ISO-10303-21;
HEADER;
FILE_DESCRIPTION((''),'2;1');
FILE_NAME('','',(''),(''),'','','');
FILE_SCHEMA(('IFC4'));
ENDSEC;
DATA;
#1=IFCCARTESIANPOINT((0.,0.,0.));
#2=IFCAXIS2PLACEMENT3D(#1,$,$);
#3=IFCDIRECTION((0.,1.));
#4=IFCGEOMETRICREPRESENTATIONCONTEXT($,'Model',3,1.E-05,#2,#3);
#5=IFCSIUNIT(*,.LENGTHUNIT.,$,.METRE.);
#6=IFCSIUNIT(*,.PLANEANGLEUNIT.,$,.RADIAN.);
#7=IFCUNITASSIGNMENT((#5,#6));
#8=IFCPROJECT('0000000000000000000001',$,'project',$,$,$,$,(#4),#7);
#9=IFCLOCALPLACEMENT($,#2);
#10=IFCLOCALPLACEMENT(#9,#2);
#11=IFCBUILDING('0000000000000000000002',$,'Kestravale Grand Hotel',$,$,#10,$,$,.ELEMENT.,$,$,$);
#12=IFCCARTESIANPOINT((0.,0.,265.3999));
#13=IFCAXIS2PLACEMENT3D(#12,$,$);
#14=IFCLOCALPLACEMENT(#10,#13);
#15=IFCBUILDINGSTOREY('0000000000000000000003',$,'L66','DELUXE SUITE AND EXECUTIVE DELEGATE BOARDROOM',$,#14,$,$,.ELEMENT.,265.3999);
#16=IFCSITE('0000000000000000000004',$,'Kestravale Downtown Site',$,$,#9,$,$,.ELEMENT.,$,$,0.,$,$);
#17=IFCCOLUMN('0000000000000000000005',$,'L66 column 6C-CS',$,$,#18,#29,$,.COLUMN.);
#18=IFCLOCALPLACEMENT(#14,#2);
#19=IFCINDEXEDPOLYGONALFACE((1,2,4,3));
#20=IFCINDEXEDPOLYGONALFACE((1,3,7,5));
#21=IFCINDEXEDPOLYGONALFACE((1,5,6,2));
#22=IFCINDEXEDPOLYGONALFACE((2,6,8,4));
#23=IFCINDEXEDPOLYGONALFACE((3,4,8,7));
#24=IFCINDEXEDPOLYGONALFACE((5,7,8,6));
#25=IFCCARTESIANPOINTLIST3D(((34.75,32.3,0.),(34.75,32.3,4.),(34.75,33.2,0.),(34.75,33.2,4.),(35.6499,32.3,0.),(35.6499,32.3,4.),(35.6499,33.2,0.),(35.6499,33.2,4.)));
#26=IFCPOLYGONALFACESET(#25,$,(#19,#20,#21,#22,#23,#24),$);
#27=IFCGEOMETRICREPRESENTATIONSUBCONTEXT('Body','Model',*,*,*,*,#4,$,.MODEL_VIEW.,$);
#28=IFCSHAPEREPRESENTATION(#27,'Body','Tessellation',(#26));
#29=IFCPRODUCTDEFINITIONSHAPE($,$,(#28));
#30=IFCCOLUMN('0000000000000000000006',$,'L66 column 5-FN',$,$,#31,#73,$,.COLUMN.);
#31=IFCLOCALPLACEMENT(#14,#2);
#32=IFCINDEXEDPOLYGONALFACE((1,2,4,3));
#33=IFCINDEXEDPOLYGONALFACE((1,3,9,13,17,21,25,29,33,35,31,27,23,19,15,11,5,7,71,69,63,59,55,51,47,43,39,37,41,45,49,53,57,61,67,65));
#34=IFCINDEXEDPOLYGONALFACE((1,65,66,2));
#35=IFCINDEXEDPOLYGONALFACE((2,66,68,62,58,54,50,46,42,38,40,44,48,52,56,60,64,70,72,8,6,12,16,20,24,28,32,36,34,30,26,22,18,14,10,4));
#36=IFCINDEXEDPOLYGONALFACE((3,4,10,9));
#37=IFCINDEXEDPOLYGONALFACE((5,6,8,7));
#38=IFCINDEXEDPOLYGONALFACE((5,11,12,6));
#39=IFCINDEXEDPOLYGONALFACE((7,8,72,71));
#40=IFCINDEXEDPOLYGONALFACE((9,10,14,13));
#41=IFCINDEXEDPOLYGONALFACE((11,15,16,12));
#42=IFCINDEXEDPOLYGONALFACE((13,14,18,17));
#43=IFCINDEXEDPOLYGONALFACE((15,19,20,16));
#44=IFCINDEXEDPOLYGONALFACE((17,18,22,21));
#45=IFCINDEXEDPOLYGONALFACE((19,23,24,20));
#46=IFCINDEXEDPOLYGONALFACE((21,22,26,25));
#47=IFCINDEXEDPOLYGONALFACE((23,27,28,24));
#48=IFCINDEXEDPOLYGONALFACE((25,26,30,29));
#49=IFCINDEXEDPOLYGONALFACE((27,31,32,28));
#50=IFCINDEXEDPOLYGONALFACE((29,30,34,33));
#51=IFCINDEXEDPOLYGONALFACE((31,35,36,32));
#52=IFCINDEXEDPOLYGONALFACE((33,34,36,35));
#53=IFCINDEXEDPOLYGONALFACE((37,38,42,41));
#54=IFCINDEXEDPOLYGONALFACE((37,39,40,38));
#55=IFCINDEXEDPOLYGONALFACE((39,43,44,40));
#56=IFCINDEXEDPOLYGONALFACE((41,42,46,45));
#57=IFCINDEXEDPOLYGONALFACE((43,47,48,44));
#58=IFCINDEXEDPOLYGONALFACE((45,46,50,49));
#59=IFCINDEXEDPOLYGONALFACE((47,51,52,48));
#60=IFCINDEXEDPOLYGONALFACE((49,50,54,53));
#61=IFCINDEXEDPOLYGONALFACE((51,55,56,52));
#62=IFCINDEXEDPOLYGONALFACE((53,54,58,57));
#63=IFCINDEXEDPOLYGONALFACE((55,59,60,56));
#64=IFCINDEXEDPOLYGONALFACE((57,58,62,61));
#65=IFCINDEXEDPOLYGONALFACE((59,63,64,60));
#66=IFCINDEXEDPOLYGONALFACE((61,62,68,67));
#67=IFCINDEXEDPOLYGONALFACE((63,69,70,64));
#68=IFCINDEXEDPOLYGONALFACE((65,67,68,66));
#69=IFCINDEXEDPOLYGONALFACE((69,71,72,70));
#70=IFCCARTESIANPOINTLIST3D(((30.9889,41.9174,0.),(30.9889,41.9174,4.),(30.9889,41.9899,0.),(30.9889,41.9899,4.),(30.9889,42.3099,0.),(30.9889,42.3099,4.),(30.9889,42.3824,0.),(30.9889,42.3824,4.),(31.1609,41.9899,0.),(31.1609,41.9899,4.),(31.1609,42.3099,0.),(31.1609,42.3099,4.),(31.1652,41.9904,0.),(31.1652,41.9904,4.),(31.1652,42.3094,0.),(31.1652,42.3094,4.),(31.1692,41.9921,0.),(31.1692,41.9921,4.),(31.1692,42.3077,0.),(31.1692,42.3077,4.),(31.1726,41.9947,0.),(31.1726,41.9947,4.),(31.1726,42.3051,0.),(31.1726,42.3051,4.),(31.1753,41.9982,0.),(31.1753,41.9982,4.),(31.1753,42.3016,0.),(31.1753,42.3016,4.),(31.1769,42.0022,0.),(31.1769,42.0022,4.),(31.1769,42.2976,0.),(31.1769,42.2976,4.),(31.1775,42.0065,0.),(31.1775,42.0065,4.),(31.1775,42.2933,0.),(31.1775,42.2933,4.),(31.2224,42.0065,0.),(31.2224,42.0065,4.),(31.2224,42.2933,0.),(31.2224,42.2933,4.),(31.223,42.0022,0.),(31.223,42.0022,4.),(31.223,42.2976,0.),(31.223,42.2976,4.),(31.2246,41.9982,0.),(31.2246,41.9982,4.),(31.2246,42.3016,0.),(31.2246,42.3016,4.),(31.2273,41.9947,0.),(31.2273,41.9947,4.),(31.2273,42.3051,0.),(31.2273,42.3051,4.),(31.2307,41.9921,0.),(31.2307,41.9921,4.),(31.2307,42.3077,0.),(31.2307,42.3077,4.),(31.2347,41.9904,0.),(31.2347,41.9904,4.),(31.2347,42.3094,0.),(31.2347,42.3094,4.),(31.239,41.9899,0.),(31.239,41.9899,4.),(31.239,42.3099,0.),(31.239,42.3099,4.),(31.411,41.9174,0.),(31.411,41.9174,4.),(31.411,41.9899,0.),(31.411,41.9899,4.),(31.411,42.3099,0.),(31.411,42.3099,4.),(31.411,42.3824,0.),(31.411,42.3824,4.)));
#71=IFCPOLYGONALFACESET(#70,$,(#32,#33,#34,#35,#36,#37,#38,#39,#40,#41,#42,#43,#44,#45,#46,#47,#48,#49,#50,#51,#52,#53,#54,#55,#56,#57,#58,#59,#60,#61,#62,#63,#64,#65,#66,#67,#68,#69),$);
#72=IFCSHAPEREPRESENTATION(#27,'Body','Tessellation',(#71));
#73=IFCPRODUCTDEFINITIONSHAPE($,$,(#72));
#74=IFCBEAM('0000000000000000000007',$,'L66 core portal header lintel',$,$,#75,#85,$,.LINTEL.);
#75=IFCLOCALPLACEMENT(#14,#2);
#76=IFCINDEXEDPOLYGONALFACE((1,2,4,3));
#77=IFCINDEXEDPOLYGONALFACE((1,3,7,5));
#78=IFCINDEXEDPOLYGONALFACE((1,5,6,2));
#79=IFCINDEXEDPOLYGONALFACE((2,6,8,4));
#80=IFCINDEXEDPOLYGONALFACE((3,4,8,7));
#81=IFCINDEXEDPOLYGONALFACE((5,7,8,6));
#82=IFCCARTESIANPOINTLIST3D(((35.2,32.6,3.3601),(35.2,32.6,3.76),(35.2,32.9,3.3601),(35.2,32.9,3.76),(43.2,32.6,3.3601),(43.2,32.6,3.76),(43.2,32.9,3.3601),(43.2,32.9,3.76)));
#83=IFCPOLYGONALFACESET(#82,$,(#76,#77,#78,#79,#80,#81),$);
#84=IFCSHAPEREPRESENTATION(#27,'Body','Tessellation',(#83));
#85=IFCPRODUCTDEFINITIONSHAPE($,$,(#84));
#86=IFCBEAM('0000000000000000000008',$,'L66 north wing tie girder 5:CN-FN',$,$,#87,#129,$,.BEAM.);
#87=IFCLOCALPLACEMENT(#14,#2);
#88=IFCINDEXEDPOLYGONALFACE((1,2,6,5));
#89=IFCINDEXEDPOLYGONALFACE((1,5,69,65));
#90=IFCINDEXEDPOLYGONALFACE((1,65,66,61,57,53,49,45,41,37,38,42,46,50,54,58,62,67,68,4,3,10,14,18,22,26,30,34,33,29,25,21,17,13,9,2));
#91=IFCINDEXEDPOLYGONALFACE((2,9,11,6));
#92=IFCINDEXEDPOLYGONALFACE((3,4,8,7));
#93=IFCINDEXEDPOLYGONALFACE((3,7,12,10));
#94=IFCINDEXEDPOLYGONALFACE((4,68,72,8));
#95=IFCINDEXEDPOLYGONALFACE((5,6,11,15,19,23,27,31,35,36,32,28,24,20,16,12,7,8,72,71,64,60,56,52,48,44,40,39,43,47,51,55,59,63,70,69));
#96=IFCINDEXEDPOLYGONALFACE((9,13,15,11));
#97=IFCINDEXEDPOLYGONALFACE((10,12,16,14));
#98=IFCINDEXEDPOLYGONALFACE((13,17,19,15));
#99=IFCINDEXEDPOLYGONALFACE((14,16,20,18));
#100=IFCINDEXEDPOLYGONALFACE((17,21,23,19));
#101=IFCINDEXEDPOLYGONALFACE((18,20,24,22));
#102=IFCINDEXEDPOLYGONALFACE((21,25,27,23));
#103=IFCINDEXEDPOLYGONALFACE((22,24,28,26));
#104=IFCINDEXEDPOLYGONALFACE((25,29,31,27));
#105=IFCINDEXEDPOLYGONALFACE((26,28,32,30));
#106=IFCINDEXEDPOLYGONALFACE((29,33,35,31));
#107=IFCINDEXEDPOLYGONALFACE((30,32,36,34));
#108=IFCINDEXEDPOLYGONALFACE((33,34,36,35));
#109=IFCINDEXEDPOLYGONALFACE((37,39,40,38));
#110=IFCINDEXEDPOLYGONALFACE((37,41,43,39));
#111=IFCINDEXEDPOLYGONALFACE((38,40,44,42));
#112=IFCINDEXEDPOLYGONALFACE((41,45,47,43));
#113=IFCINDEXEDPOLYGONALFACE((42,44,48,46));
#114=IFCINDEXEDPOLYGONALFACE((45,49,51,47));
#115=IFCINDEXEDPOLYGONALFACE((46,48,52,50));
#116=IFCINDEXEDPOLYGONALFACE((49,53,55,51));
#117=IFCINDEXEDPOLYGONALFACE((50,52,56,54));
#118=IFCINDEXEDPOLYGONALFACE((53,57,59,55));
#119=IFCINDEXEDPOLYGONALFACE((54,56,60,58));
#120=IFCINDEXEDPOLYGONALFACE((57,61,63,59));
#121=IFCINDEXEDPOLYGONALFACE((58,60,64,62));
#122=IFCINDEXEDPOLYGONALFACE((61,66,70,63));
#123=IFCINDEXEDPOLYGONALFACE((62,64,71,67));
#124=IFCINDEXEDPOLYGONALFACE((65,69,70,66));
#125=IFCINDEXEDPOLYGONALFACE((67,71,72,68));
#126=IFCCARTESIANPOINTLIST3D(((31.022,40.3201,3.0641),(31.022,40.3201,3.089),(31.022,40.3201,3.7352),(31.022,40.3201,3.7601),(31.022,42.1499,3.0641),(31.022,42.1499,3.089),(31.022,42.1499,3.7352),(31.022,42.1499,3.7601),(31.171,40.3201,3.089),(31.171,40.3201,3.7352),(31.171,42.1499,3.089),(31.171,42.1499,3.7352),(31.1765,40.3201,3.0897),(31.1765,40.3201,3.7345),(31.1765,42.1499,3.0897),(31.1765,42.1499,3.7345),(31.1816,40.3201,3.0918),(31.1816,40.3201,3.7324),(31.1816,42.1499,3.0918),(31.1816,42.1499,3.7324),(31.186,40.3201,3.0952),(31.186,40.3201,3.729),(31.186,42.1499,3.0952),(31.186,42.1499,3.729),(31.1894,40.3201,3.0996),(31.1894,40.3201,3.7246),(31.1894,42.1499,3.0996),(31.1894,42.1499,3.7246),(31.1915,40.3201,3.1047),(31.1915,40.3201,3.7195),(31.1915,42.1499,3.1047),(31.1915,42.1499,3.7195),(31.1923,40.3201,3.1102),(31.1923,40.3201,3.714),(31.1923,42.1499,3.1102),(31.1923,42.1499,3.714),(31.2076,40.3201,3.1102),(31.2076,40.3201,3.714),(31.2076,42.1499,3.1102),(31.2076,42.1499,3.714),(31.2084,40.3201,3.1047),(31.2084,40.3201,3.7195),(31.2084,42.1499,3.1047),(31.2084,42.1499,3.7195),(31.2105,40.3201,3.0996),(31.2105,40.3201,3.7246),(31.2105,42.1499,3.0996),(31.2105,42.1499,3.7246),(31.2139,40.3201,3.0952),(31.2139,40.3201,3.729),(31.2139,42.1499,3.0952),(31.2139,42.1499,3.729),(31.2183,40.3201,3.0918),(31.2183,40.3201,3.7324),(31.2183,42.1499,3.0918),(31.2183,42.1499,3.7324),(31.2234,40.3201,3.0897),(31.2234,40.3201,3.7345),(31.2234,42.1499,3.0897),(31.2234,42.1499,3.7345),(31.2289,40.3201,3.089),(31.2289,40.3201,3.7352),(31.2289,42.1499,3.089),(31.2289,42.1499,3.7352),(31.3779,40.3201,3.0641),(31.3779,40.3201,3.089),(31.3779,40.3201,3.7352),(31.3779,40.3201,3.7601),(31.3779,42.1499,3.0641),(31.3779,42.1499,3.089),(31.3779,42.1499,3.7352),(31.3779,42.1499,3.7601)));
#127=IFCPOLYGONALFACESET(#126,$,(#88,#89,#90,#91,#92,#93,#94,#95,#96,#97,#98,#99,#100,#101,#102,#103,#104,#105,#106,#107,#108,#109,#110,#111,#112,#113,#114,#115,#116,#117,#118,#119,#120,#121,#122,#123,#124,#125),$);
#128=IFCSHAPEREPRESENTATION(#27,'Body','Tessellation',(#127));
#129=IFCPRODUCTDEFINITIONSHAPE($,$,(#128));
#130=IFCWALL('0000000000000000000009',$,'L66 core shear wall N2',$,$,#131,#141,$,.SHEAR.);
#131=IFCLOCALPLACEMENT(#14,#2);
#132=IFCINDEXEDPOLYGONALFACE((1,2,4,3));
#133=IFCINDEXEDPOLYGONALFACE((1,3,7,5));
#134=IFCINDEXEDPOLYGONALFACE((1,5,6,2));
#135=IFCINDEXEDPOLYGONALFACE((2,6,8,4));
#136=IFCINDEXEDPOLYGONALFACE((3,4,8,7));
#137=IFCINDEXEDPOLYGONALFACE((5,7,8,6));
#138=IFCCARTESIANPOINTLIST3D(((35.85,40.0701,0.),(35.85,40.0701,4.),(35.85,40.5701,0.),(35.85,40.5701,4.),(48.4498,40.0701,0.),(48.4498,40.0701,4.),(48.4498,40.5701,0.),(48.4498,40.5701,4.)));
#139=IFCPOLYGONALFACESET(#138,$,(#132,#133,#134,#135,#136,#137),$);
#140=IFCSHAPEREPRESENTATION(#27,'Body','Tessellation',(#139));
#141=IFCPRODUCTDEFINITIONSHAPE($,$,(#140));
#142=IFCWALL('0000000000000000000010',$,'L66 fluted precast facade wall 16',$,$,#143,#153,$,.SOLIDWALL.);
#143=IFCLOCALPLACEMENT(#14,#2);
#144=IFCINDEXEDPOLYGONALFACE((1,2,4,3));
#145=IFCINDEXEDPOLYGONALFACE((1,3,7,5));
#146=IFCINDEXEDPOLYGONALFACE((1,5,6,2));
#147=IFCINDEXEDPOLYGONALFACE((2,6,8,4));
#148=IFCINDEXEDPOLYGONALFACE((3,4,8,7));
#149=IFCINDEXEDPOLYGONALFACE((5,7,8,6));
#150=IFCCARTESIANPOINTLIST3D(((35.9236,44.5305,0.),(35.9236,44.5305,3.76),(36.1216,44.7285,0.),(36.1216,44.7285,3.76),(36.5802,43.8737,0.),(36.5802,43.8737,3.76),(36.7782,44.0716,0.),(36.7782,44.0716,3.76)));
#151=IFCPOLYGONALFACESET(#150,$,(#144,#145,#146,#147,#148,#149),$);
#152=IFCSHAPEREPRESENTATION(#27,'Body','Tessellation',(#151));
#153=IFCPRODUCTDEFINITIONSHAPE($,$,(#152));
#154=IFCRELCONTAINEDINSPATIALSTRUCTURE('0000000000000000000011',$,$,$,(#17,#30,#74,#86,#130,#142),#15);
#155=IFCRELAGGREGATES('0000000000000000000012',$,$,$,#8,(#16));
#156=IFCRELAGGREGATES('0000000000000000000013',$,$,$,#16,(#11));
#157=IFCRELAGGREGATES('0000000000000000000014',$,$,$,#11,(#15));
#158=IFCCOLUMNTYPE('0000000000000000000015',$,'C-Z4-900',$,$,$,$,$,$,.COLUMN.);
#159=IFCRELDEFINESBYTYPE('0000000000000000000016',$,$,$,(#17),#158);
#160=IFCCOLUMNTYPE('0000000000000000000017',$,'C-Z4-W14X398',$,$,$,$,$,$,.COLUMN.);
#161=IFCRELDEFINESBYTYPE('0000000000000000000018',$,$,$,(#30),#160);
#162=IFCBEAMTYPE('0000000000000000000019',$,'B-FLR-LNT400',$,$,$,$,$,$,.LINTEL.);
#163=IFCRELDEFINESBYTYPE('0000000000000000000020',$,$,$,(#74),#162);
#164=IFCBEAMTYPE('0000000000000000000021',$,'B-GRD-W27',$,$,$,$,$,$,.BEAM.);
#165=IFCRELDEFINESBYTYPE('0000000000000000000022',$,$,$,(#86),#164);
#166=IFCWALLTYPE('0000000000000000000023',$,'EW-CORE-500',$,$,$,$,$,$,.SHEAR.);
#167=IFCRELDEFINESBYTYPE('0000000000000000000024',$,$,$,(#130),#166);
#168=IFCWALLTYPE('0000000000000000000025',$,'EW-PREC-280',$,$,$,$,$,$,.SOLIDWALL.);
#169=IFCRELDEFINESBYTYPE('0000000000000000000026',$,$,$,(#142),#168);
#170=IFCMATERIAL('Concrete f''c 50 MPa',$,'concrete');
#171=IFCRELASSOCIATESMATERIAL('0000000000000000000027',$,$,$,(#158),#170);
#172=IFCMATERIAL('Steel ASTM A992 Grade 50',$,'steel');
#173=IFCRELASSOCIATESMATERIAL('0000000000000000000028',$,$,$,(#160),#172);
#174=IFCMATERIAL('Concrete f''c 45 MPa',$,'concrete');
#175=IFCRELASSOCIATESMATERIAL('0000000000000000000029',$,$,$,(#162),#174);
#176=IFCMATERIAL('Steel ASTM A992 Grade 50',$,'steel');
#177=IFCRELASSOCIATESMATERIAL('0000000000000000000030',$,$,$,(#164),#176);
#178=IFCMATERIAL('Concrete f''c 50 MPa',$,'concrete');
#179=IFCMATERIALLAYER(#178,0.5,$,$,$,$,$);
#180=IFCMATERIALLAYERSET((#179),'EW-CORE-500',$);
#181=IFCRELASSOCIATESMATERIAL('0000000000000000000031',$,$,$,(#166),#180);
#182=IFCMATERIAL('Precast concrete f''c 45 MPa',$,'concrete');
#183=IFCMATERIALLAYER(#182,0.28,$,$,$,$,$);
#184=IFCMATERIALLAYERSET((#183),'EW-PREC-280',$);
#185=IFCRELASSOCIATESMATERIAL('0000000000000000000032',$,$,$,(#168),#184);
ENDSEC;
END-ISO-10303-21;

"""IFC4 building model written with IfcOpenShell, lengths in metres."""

from ifc_helpers import new_model, si_unit, direction, frame, frame_2d, origin, origin_2d, place, context, subcontext, project, spatial, rectangle, i_section, extrude, material, layer, layer_set, material_profile, profile_set, type_object, element, save


model = new_model("IFC4")

# Units and contexts
model_context = context("Model", 3, precision=1e-05, world=origin(), true_north=direction((0.0, 1.0)))
body_context = subcontext(model_context, "Body", "Model", "MODEL_VIEW")
ifc_project = project(units=[si_unit("LENGTHUNIT", "METRE"), si_unit("PLANEANGLEUNIT", "RADIAN")], contexts=[model_context])

# Site, building, storey
site_placement = place(None, origin())
site = spatial("IfcSite", under=ifc_project, at=site_placement, Name="Kestravale Downtown Site", CompositionType="ELEMENT", RefElevation=0.0)
building_placement = place(site_placement, origin())
building = spatial("IfcBuilding", under=site, at=building_placement, Name="Kestravale Grand Hotel", CompositionType="ELEMENT")
storey_placement = place(building_placement, frame((0.0, 0.0, 265.3999)))
storey = spatial("IfcBuildingStorey", under=building, at=storey_placement, Name="L66", Description="DELUXE SUITE AND EXECUTIVE DELEGATE BOARDROOM", CompositionType="ELEMENT", Elevation=265.3999)

# Columns
ifc_material_1 = material(Name="Concrete f'c 50 MPa", Category="concrete")
ifc_material_profile_1 = material_profile(ifc_material_1, rectangle(XDim=0.8999, YDim=0.8999, at=origin_2d()))
ifc_profile_set_1 = profile_set([ifc_material_profile_1], Name="Concrete f'c 50 MPa")
column_type_1 = type_object("IfcColumnType", Name="C-Z4-900", PredefinedType="COLUMN", material=ifc_profile_set_1)
column_1_placement = place(storey_placement, frame((35.2, 32.75, 0.0), z_axis=(0.0, 0.0, 1.0), x_axis=(1.0, 0.0, 0.0)))
element("IfcColumn", 1, at=column_1_placement, inside=storey, type_object=column_type_1, Name="L66 column 6C-CS", PredefinedType="COLUMN", context=body_context, shape_type="SweptSolid", body=[
    extrude(rectangle(XDim=0.8999, YDim=0.8999, at=origin_2d()), origin(), (0.0, 0.0, 1.0), 4.0),
])
ifc_material_2 = material(Name="Steel ASTM A992 Grade 50", Category="steel")
ifc_material_profile_2 = material_profile(ifc_material_2, i_section(OverallWidth=0.4221, OverallDepth=0.4651, WebThickness=0.0449, FlangeThickness=0.0725, FilletRadius=0.0166, at=origin_2d()))
ifc_profile_set_2 = profile_set([ifc_material_profile_2], Name="Steel ASTM A992 Grade 50")
column_type_2 = type_object("IfcColumnType", Name="C-Z4-W14X398", PredefinedType="COLUMN", material=ifc_profile_set_2)
column_2_placement = place(storey_placement, frame((31.2, 42.1499, 0.0), z_axis=(0.0, 0.0, 1.0), x_axis=(1.0, 0.0, 0.0)))
element("IfcColumn", 2, at=column_2_placement, inside=storey, type_object=column_type_2, Name="L66 column 5-FN", PredefinedType="COLUMN", context=body_context, shape_type="SweptSolid", body=[
    extrude(i_section(OverallWidth=0.4221, OverallDepth=0.4651, WebThickness=0.0449, FlangeThickness=0.0725, FilletRadius=0.0166, at=origin_2d()), origin(), (0.0, 0.0, 1.0), 4.0),
])

# Beams
ifc_material_3 = material(Name="Concrete f'c 45 MPa", Category="concrete")
ifc_material_profile_3 = material_profile(ifc_material_3, rectangle(XDim=0.3, YDim=0.3999, at=origin_2d()))
ifc_profile_set_3 = profile_set([ifc_material_profile_3], Name="Concrete f'c 45 MPa")
beam_type_1 = type_object("IfcBeamType", Name="B-FLR-LNT400", PredefinedType="LINTEL", material=ifc_profile_set_3)
beam_1_placement = place(storey_placement, frame((35.2, 32.75, 3.5601), z_axis=(1.0, 0.0, 0.0), x_axis=(0.0, 1.0, 0.0)))
element("IfcBeam", 3, at=beam_1_placement, inside=storey, type_object=beam_type_1, Name="L66 core portal header lintel", PredefinedType="LINTEL", context=body_context, shape_type="SweptSolid", body=[
    extrude(rectangle(XDim=0.3, YDim=0.3999, at=origin_2d()), origin(), (0.0, 0.0, 1.0), 8.0),
])
ifc_material_4 = material(Name="Steel ASTM A992 Grade 50", Category="steel")
ifc_material_profile_4 = material_profile(ifc_material_4, i_section(OverallWidth=0.356, OverallDepth=0.696, WebThickness=0.0154, FlangeThickness=0.0249, FilletRadius=0.0212, at=origin_2d()))
ifc_profile_set_4 = profile_set([ifc_material_profile_4], Name="Steel ASTM A992 Grade 50")
beam_type_2 = type_object("IfcBeamType", Name="B-GRD-W27", PredefinedType="BEAM", material=ifc_profile_set_4)
beam_2_placement = place(storey_placement, frame((31.2, 40.3201, 3.4121), z_axis=(0.0, 1.0, 0.0), x_axis=(-1.0, 0.0, 0.0)))
element("IfcBeam", 4, at=beam_2_placement, inside=storey, type_object=beam_type_2, Name="L66 north wing tie girder 5:CN-FN", PredefinedType="BEAM", context=body_context, shape_type="SweptSolid", body=[
    extrude(i_section(OverallWidth=0.356, OverallDepth=0.696, WebThickness=0.0154, FlangeThickness=0.0249, FilletRadius=0.0212, at=origin_2d()), origin(), (0.0, 0.0, 1.0), 1.8298),
])

# Wall
ifc_material_5 = material(Name="Concrete f'c 50 MPa", Category="concrete")
ifc_layer_1 = layer(ifc_material_5, 0.5)
ifc_layer_set_1 = layer_set([ifc_layer_1], Name="EW-CORE-500")
wall_type_1 = type_object("IfcWallType", Name="EW-CORE-500", PredefinedType="SHEAR", material=ifc_layer_set_1)
wall_1_placement = place(storey_placement, frame((35.8501, 40.3201, 0.0), z_axis=(0.0, 0.0, 1.0), x_axis=(1.0, 0.0, 0.0)))
element("IfcWall", 5, at=wall_1_placement, inside=storey, type_object=wall_type_1, Name="L66 core shear wall N2", PredefinedType="SHEAR", context=body_context, shape_type="SweptSolid", body=[
    extrude(rectangle(XDim=12.5999, YDim=0.5, at=frame_2d((6.2998, 0.0))), origin(), (0.0, 0.0, 1.0), 4.0),
])

# Wall
ifc_material_6 = material(Name="Precast concrete f'c 45 MPa", Category="concrete")
ifc_layer_2 = layer(ifc_material_6, 0.28)
ifc_layer_set_2 = layer_set([ifc_layer_2], Name="EW-PREC-280")
wall_type_2 = type_object("IfcWallType", Name="EW-PREC-280", PredefinedType="SOLIDWALL", material=ifc_layer_set_2)
wall_2_placement = place(storey_placement, frame((36.6792, 43.9727, 0.0), z_axis=(0.0, 0.0, 1.0), x_axis=(-0.706975, 0.707238, 0.0)))
element("IfcWall", 6, at=wall_2_placement, inside=storey, type_object=wall_type_2, Name="L66 fluted precast facade wall 16", PredefinedType="SOLIDWALL", context=body_context, shape_type="SweptSolid", body=[
    extrude(rectangle(XDim=0.9287, YDim=0.28, at=frame_2d((0.4644, 0.0))), origin(), (0.0, 0.0, 1.0), 3.76),
])

save(model, "model.ifc")
